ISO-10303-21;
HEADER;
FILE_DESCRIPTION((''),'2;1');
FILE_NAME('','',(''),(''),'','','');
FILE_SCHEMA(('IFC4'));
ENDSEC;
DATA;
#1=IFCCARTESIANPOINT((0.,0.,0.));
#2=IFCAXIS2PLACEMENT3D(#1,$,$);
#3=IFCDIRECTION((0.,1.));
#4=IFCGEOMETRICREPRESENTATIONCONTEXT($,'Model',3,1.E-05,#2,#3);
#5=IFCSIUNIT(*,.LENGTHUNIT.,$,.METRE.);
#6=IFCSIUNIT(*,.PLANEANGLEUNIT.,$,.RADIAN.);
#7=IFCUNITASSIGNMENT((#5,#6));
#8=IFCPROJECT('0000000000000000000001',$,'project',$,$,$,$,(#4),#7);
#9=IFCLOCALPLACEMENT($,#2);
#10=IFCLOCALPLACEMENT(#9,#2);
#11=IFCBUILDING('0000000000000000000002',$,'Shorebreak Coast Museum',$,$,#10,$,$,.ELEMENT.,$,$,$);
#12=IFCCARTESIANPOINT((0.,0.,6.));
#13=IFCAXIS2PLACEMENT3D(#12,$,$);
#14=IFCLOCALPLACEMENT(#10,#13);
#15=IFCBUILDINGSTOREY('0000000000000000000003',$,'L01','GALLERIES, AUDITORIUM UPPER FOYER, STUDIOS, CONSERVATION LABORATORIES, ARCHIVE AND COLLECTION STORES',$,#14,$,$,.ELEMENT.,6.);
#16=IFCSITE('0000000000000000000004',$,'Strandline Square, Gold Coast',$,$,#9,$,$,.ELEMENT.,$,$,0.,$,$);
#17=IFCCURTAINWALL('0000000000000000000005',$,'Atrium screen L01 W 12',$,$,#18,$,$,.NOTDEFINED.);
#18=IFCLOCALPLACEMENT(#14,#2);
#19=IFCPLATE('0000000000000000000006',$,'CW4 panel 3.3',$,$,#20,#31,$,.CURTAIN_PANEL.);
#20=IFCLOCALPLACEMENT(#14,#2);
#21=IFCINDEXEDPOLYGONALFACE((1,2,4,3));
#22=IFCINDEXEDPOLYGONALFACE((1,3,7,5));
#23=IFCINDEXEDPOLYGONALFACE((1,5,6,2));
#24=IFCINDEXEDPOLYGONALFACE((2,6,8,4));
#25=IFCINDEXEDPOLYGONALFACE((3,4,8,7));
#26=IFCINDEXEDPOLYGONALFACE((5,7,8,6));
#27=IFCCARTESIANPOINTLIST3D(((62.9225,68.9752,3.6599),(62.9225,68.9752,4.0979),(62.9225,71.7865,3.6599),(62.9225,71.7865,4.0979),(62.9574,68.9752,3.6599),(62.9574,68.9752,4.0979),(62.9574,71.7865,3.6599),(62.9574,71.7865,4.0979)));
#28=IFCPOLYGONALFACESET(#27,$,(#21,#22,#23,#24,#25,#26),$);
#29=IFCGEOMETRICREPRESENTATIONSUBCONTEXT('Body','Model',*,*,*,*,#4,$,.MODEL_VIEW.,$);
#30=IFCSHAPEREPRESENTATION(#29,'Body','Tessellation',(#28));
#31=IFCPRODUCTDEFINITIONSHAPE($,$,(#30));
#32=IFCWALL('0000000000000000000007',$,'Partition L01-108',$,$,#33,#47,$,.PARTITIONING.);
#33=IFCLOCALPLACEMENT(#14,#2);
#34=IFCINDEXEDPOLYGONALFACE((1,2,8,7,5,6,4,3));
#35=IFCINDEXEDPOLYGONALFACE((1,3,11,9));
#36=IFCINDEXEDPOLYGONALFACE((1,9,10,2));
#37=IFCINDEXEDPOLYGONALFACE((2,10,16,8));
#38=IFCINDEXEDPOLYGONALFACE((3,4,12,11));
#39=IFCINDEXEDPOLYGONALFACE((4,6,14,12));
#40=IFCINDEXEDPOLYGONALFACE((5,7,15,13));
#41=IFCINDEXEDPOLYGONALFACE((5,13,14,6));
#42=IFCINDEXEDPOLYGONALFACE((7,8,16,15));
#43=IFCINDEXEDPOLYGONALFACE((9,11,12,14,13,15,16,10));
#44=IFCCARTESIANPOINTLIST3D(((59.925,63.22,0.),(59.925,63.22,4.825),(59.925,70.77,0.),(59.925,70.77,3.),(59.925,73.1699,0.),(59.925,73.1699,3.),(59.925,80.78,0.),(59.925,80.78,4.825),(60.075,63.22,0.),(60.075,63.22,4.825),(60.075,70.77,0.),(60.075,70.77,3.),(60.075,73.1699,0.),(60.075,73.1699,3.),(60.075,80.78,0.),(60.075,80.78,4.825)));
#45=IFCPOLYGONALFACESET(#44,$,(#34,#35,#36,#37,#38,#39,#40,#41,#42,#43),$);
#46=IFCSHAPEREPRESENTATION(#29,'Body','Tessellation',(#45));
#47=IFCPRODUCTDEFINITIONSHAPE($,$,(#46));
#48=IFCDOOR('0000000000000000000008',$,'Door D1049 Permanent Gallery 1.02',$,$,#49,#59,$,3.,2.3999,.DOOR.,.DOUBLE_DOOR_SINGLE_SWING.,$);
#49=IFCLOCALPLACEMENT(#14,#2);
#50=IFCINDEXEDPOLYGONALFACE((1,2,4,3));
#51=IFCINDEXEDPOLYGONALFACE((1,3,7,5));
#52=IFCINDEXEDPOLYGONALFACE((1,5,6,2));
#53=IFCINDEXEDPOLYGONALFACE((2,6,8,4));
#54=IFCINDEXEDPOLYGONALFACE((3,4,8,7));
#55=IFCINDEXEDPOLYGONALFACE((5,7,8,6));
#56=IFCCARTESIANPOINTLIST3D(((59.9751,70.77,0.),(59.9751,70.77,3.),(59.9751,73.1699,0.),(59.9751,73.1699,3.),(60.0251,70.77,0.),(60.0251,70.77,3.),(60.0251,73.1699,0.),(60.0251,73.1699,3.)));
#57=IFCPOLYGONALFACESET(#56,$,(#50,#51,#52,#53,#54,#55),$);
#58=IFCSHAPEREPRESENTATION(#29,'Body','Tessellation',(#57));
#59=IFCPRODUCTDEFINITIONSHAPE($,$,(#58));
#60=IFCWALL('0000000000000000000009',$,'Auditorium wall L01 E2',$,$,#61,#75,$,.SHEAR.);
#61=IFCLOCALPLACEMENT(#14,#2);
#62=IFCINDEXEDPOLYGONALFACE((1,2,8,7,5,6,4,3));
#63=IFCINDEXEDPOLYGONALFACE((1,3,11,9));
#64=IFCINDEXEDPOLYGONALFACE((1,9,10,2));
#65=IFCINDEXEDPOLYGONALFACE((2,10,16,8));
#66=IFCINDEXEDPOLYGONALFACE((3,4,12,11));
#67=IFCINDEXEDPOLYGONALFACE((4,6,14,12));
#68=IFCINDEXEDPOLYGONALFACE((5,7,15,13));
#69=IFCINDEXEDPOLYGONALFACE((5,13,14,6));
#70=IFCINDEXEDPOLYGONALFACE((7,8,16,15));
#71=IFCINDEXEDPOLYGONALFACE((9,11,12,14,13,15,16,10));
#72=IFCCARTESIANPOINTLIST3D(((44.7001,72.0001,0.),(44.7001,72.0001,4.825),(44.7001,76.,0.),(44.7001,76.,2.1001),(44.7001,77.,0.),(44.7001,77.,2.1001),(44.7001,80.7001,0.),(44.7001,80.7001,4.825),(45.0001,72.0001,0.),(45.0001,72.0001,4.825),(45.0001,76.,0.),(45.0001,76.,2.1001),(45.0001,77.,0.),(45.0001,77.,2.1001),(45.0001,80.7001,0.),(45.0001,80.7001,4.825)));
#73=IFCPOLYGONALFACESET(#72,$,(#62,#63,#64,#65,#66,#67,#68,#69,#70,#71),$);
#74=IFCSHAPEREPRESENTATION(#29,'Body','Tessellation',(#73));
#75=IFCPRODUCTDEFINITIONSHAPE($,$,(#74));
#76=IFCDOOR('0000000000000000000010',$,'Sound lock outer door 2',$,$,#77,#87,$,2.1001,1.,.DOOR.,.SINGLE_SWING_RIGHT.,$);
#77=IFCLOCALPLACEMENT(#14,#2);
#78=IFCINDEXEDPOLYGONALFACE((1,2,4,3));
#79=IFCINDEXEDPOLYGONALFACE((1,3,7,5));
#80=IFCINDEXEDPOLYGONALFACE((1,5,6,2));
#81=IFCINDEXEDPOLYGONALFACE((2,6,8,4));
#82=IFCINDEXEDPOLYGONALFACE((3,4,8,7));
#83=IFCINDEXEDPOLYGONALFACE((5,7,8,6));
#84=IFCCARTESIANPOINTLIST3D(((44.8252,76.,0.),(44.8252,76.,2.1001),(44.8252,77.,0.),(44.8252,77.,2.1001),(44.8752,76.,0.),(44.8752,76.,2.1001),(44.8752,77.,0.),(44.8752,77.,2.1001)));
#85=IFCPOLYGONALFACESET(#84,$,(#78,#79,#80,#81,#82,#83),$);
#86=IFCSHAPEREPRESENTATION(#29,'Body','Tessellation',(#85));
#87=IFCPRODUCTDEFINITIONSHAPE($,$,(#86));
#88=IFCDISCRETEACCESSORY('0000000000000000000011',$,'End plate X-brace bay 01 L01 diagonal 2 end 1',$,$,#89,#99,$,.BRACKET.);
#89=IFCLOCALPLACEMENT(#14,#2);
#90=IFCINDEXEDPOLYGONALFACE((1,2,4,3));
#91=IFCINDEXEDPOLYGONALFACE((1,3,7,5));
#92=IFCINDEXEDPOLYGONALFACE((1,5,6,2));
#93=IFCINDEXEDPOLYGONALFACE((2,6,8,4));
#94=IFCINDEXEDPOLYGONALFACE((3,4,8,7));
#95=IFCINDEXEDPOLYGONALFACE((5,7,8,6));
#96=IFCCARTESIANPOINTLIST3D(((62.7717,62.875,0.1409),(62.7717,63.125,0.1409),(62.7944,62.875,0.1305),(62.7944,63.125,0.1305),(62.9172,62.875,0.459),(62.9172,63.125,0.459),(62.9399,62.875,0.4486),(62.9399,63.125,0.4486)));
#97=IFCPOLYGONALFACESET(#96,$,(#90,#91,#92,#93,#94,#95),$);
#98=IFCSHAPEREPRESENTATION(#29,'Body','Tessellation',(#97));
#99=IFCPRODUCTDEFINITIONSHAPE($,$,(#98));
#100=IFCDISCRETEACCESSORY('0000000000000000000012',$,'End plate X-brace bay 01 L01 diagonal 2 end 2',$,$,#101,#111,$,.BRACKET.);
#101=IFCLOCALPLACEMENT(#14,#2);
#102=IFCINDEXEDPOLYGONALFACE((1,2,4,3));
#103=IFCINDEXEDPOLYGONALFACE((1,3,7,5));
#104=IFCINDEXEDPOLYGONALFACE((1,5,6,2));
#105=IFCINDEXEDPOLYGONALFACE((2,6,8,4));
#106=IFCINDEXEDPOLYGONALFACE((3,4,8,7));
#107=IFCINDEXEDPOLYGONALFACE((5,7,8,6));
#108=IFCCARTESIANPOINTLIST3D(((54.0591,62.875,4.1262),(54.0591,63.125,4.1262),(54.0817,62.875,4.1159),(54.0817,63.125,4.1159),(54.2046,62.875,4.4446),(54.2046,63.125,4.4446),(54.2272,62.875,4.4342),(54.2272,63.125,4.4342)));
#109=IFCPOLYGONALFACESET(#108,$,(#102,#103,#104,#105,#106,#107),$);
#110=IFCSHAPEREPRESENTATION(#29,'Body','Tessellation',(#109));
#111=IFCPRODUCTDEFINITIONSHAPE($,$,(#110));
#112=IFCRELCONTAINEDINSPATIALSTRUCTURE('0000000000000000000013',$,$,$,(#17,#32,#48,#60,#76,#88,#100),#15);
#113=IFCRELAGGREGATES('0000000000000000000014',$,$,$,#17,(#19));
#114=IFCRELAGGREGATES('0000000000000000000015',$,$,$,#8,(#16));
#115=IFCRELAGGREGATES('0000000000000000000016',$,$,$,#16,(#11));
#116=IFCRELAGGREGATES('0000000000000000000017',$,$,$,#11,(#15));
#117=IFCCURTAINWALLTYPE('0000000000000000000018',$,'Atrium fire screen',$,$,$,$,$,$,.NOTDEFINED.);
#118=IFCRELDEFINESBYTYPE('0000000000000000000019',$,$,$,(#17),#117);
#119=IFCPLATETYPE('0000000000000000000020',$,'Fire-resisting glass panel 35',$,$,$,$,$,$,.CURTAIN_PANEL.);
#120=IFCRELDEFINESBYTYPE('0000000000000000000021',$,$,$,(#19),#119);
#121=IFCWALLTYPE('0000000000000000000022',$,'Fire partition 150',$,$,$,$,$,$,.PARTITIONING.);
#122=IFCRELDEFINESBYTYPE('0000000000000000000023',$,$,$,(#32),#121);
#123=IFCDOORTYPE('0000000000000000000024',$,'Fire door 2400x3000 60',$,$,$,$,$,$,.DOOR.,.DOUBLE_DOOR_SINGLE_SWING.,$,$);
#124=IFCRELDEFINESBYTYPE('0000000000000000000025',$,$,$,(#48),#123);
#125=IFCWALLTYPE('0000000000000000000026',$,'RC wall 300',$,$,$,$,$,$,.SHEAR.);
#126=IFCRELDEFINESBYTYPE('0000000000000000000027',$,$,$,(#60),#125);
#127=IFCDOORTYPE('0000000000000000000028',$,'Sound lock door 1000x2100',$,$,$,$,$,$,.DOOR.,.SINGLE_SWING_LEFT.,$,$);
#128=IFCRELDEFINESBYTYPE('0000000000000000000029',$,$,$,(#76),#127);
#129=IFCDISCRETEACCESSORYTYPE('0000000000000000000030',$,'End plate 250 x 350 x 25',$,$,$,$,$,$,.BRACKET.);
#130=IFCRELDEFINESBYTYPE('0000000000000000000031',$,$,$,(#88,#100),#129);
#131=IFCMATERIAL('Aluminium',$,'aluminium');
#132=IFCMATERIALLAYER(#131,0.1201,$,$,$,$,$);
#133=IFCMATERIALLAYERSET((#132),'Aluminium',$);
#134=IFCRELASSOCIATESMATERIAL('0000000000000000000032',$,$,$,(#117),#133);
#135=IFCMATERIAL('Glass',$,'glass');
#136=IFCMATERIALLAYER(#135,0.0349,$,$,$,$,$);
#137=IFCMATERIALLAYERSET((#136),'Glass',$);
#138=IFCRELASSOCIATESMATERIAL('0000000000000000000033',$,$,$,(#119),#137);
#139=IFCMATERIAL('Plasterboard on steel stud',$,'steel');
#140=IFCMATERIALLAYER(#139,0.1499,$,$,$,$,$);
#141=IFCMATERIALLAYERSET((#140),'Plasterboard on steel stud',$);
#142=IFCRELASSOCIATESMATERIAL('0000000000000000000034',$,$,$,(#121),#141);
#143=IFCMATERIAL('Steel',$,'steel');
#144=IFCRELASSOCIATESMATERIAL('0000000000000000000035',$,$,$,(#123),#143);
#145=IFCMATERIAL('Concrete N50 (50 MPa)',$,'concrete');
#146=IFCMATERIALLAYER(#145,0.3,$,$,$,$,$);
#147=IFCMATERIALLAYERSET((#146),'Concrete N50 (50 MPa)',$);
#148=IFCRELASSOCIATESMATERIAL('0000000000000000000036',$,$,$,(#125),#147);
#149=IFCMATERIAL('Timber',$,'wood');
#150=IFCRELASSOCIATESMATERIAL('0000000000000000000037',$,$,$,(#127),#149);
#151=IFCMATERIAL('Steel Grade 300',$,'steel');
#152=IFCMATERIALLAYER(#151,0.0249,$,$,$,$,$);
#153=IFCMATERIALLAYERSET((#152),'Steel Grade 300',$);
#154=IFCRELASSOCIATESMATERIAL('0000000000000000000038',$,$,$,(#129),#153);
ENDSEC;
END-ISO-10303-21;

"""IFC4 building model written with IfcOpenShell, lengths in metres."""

from ifc_helpers import new_model, si_unit, direction, frame, frame_2d, origin, origin_2d, place, context, subcontext, project, spatial, polyline, rectangle, outline, extrude, material, layer, layer_set, type_object, element, fill, aggregate, save


model = new_model("IFC4")

# Units and contexts
model_context = context("Model", 3, precision=1e-05, world=origin(), true_north=direction((0.0, 1.0)))
body_context = subcontext(model_context, "Body", "Model", "MODEL_VIEW")
ifc_project = project(units=[si_unit("LENGTHUNIT", "METRE"), si_unit("PLANEANGLEUNIT", "RADIAN")], contexts=[model_context])

# Site, building, storey
site_placement = place(None, origin())
site = spatial("IfcSite", under=ifc_project, at=site_placement, Name="Strandline Square, Gold Coast", CompositionType="ELEMENT", RefElevation=0.0)
building_placement = place(site_placement, origin())
building = spatial("IfcBuilding", under=site, at=building_placement, Name="Shorebreak Coast Museum", CompositionType="ELEMENT")
storey_placement = place(building_placement, frame((0.0, 0.0, 6.0)))
storey = spatial("IfcBuildingStorey", under=building, at=storey_placement, Name="L01", Description="GALLERIES, AUDITORIUM UPPER FOYER, STUDIOS, CONSERVATION LABORATORIES, ARCHIVE AND COLLECTION STORES", CompositionType="ELEMENT", Elevation=6.0)

# Curtain wall, plate
ifc_material_1 = material(Name="Aluminium", Category="aluminium")
ifc_layer_1 = layer(ifc_material_1, 0.1201)
ifc_layer_set_1 = layer_set([ifc_layer_1], Name="Aluminium")
curtain_wall_type = type_object("IfcCurtainWallType", Name="Atrium fire screen", PredefinedType="NOTDEFINED", material=ifc_layer_set_1)
curtain_wall_placement = place(storey_placement, origin())
curtain_wall = element("IfcCurtainWall", 1, at=curtain_wall_placement, inside=storey, type_object=curtain_wall_type, Name="Atrium screen L01 W 12", PredefinedType="NOTDEFINED")
ifc_material_2 = material(Name="Glass", Category="glass")
ifc_layer_2 = layer(ifc_material_2, 0.0349)
ifc_layer_set_2 = layer_set([ifc_layer_2], Name="Glass")
plate_type = type_object("IfcPlateType", Name="Fire-resisting glass panel 35", PredefinedType="CURTAIN_PANEL", material=ifc_layer_set_2)
plate_1_placement = place(storey_placement, frame((62.9399, 70.3809, 3.6599), z_axis=(0.0, 0.0, 1.0), x_axis=(0.0, 1.0, 0.0)))
plate_1 = element("IfcPlate", 2, at=plate_1_placement, type_object=plate_type, Name="CW4 panel 3.3", PredefinedType="CURTAIN_PANEL", context=body_context, shape_type="SweptSolid", body=[
    extrude(rectangle(XDim=2.8113, YDim=0.0349, at=origin_2d()), origin(), (0.0, 0.0, 1.0), 0.438),
])
aggregate(curtain_wall, [plate_1])

# Walls, openings, doors
ifc_material_3 = material(Name="Plasterboard on steel stud", Category="steel")
ifc_layer_3 = layer(ifc_material_3, 0.1499)
ifc_layer_set_3 = layer_set([ifc_layer_3], Name="Plasterboard on steel stud")
wall_type_1 = type_object("IfcWallType", Name="Fire partition 150", PredefinedType="PARTITIONING", material=ifc_layer_set_3)
wall_1_placement = place(storey_placement, frame((60.0, 63.22, 0.0), z_axis=(0.0, 0.0, 1.0), x_axis=(0.0, 1.0, 0.0)))
wall_1 = element("IfcWall", 3, at=wall_1_placement, inside=storey, type_object=wall_type_1, Name="Partition L01-108", PredefinedType="PARTITIONING", context=body_context, shape_type="SweptSolid", body=[
    extrude(rectangle(XDim=17.5601, YDim=0.1499, at=frame_2d((8.78, 0.0))), origin(), (0.0, 0.0, 1.0), 4.825),
])
opening_1_placement = place(wall_1_placement, frame((7.55, 0.0, 0.0)))
opening_1 = element("IfcOpeningElement", 4, at=opening_1_placement, cuts=wall_1, PredefinedType="OPENING", context=body_context, shape_type="SweptSolid", body=[
    extrude(rectangle(XDim=2.3999, YDim=3.0, at=frame_2d((1.2, 1.5))), frame((0.0, 0.085, 0.0), z_axis=(0.0, -1.0, 0.0), x_axis=(1.0, 0.0, 0.0)), (0.0, 0.0, 1.0), 0.1699),
])
ifc_material_4 = material(Name="Steel", Category="steel")
door_type_1 = type_object("IfcDoorType", Name="Fire door 2400x3000 60", OperationType="DOUBLE_DOOR_SINGLE_SWING", PredefinedType="DOOR", material=ifc_material_4)
door_1_placement = place(opening_1_placement, origin())
door_1 = element("IfcDoor", 5, at=door_1_placement, inside=storey, type_object=door_type_1, Name="Door D1049 Permanent Gallery 1.02", OperationType="DOUBLE_DOOR_SINGLE_SWING", OverallHeight=3.0, OverallWidth=2.3999, PredefinedType="DOOR", context=body_context, shape_type="SweptSolid", body=[
    extrude(rectangle(XDim=2.3999, YDim=3.0, at=frame_2d((1.2, 1.5))), frame((0.0, 0.0249, 0.0), z_axis=(0.0, -1.0, 0.0), x_axis=(1.0, 0.0, 0.0)), (0.0, 0.0, 1.0), 0.05),
])
fill(opening_1, door_1)
ifc_material_5 = material(Name="Concrete N50 (50 MPa)", Category="concrete")
ifc_layer_4 = layer(ifc_material_5, 0.3)
ifc_layer_set_4 = layer_set([ifc_layer_4], Name="Concrete N50 (50 MPa)")
wall_type_2 = type_object("IfcWallType", Name="RC wall 300", PredefinedType="SHEAR", material=ifc_layer_set_4)
wall_2_placement = place(storey_placement, frame((44.8501, 72.0, 0.0), z_axis=(0.0, 0.0, 1.0), x_axis=(0.0, 1.0, 0.0)))
wall_2 = element("IfcWall", 6, at=wall_2_placement, inside=storey, type_object=wall_type_2, Name="Auditorium wall L01 E2", PredefinedType="SHEAR", context=body_context, shape_type="SweptSolid", body=[
    extrude(rectangle(XDim=8.7, YDim=0.3, at=frame_2d((4.3501, 0.0))), origin(), (0.0, 0.0, 1.0), 4.825),
])
opening_2_placement = place(wall_2_placement, frame((4.0, 0.0, 0.0)))
opening_2 = element("IfcOpeningElement", 7, at=opening_2_placement, cuts=wall_2, PredefinedType="OPENING", context=body_context, shape_type="SweptSolid", body=[
    extrude(rectangle(XDim=1.0, YDim=2.1001, at=frame_2d((0.5, 1.05))), frame((0.0, 0.1599, 0.0), z_axis=(0.0, -1.0, 0.0), x_axis=(1.0, 0.0, 0.0)), (0.0, 0.0, 1.0), 0.3201),
])
ifc_material_6 = material(Name="Timber", Category="wood")
door_type_2 = type_object("IfcDoorType", Name="Sound lock door 1000x2100", OperationType="SINGLE_SWING_LEFT", PredefinedType="DOOR", material=ifc_material_6)
door_2_placement = place(opening_2_placement, origin())
door_2 = element("IfcDoor", 8, at=door_2_placement, inside=storey, type_object=door_type_2, Name="Sound lock outer door 2", OperationType="SINGLE_SWING_RIGHT", OverallHeight=2.1001, OverallWidth=1.0, PredefinedType="DOOR", context=body_context, shape_type="SweptSolid", body=[
    extrude(rectangle(XDim=1.0, YDim=2.1001, at=frame_2d((0.5, 1.05))), frame((0.0, 0.0249, 0.0), z_axis=(0.0, -1.0, 0.0), x_axis=(1.0, 0.0, 0.0)), (0.0, 0.0, 1.0), 0.05),
])
fill(opening_2, door_2)

# Discrete accessories
ifc_material_7 = material(Name="Steel Grade 300", Category="steel")
ifc_layer_5 = layer(ifc_material_7, 0.0249)
ifc_layer_set_5 = layer_set([ifc_layer_5], Name="Steel Grade 300")
discrete_accessory_type = type_object("IfcDiscreteAccessoryType", Name="End plate 250 x 350 x 25", PredefinedType="BRACKET", material=ifc_layer_set_5)
discrete_accessory_1_placement = place(storey_placement, frame((62.7717, 63.125, 0.1409), z_axis=(-0.909384, 0.0, 0.415958), x_axis=(0.0, -1.0, 0.0)))
element("IfcDiscreteAccessory", 9, at=discrete_accessory_1_placement, inside=storey, type_object=discrete_accessory_type, Name="End plate X-brace bay 01 L01 diagonal 2 end 1", PredefinedType="BRACKET", context=body_context, shape_type="SweptSolid", body=[
    extrude(outline(polyline([(0.0, 0.0), (0.25, 0.0), (0.25, 0.3498), (0.0, 0.3498), (0.0, 0.0)])), origin(), (0.0, 0.0, -1.0), 0.0249),
])
discrete_accessory_2_placement = place(storey_placement, frame((54.0591, 63.125, 4.1262), z_axis=(-0.909505, 0.0, 0.415694), x_axis=(0.0, -1.0, 0.0)))
element("IfcDiscreteAccessory", 10, at=discrete_accessory_2_placement, inside=storey, type_object=discrete_accessory_type, Name="End plate X-brace bay 01 L01 diagonal 2 end 2", PredefinedType="BRACKET", context=body_context, shape_type="SweptSolid", body=[
    extrude(outline(polyline([(0.0, 0.0), (0.25, 0.0), (0.25, 0.35), (0.0, 0.35), (0.0, 0.0)])), origin(), (0.0, 0.0, -1.0), 0.0249),
])

save(model, "model.ifc")
